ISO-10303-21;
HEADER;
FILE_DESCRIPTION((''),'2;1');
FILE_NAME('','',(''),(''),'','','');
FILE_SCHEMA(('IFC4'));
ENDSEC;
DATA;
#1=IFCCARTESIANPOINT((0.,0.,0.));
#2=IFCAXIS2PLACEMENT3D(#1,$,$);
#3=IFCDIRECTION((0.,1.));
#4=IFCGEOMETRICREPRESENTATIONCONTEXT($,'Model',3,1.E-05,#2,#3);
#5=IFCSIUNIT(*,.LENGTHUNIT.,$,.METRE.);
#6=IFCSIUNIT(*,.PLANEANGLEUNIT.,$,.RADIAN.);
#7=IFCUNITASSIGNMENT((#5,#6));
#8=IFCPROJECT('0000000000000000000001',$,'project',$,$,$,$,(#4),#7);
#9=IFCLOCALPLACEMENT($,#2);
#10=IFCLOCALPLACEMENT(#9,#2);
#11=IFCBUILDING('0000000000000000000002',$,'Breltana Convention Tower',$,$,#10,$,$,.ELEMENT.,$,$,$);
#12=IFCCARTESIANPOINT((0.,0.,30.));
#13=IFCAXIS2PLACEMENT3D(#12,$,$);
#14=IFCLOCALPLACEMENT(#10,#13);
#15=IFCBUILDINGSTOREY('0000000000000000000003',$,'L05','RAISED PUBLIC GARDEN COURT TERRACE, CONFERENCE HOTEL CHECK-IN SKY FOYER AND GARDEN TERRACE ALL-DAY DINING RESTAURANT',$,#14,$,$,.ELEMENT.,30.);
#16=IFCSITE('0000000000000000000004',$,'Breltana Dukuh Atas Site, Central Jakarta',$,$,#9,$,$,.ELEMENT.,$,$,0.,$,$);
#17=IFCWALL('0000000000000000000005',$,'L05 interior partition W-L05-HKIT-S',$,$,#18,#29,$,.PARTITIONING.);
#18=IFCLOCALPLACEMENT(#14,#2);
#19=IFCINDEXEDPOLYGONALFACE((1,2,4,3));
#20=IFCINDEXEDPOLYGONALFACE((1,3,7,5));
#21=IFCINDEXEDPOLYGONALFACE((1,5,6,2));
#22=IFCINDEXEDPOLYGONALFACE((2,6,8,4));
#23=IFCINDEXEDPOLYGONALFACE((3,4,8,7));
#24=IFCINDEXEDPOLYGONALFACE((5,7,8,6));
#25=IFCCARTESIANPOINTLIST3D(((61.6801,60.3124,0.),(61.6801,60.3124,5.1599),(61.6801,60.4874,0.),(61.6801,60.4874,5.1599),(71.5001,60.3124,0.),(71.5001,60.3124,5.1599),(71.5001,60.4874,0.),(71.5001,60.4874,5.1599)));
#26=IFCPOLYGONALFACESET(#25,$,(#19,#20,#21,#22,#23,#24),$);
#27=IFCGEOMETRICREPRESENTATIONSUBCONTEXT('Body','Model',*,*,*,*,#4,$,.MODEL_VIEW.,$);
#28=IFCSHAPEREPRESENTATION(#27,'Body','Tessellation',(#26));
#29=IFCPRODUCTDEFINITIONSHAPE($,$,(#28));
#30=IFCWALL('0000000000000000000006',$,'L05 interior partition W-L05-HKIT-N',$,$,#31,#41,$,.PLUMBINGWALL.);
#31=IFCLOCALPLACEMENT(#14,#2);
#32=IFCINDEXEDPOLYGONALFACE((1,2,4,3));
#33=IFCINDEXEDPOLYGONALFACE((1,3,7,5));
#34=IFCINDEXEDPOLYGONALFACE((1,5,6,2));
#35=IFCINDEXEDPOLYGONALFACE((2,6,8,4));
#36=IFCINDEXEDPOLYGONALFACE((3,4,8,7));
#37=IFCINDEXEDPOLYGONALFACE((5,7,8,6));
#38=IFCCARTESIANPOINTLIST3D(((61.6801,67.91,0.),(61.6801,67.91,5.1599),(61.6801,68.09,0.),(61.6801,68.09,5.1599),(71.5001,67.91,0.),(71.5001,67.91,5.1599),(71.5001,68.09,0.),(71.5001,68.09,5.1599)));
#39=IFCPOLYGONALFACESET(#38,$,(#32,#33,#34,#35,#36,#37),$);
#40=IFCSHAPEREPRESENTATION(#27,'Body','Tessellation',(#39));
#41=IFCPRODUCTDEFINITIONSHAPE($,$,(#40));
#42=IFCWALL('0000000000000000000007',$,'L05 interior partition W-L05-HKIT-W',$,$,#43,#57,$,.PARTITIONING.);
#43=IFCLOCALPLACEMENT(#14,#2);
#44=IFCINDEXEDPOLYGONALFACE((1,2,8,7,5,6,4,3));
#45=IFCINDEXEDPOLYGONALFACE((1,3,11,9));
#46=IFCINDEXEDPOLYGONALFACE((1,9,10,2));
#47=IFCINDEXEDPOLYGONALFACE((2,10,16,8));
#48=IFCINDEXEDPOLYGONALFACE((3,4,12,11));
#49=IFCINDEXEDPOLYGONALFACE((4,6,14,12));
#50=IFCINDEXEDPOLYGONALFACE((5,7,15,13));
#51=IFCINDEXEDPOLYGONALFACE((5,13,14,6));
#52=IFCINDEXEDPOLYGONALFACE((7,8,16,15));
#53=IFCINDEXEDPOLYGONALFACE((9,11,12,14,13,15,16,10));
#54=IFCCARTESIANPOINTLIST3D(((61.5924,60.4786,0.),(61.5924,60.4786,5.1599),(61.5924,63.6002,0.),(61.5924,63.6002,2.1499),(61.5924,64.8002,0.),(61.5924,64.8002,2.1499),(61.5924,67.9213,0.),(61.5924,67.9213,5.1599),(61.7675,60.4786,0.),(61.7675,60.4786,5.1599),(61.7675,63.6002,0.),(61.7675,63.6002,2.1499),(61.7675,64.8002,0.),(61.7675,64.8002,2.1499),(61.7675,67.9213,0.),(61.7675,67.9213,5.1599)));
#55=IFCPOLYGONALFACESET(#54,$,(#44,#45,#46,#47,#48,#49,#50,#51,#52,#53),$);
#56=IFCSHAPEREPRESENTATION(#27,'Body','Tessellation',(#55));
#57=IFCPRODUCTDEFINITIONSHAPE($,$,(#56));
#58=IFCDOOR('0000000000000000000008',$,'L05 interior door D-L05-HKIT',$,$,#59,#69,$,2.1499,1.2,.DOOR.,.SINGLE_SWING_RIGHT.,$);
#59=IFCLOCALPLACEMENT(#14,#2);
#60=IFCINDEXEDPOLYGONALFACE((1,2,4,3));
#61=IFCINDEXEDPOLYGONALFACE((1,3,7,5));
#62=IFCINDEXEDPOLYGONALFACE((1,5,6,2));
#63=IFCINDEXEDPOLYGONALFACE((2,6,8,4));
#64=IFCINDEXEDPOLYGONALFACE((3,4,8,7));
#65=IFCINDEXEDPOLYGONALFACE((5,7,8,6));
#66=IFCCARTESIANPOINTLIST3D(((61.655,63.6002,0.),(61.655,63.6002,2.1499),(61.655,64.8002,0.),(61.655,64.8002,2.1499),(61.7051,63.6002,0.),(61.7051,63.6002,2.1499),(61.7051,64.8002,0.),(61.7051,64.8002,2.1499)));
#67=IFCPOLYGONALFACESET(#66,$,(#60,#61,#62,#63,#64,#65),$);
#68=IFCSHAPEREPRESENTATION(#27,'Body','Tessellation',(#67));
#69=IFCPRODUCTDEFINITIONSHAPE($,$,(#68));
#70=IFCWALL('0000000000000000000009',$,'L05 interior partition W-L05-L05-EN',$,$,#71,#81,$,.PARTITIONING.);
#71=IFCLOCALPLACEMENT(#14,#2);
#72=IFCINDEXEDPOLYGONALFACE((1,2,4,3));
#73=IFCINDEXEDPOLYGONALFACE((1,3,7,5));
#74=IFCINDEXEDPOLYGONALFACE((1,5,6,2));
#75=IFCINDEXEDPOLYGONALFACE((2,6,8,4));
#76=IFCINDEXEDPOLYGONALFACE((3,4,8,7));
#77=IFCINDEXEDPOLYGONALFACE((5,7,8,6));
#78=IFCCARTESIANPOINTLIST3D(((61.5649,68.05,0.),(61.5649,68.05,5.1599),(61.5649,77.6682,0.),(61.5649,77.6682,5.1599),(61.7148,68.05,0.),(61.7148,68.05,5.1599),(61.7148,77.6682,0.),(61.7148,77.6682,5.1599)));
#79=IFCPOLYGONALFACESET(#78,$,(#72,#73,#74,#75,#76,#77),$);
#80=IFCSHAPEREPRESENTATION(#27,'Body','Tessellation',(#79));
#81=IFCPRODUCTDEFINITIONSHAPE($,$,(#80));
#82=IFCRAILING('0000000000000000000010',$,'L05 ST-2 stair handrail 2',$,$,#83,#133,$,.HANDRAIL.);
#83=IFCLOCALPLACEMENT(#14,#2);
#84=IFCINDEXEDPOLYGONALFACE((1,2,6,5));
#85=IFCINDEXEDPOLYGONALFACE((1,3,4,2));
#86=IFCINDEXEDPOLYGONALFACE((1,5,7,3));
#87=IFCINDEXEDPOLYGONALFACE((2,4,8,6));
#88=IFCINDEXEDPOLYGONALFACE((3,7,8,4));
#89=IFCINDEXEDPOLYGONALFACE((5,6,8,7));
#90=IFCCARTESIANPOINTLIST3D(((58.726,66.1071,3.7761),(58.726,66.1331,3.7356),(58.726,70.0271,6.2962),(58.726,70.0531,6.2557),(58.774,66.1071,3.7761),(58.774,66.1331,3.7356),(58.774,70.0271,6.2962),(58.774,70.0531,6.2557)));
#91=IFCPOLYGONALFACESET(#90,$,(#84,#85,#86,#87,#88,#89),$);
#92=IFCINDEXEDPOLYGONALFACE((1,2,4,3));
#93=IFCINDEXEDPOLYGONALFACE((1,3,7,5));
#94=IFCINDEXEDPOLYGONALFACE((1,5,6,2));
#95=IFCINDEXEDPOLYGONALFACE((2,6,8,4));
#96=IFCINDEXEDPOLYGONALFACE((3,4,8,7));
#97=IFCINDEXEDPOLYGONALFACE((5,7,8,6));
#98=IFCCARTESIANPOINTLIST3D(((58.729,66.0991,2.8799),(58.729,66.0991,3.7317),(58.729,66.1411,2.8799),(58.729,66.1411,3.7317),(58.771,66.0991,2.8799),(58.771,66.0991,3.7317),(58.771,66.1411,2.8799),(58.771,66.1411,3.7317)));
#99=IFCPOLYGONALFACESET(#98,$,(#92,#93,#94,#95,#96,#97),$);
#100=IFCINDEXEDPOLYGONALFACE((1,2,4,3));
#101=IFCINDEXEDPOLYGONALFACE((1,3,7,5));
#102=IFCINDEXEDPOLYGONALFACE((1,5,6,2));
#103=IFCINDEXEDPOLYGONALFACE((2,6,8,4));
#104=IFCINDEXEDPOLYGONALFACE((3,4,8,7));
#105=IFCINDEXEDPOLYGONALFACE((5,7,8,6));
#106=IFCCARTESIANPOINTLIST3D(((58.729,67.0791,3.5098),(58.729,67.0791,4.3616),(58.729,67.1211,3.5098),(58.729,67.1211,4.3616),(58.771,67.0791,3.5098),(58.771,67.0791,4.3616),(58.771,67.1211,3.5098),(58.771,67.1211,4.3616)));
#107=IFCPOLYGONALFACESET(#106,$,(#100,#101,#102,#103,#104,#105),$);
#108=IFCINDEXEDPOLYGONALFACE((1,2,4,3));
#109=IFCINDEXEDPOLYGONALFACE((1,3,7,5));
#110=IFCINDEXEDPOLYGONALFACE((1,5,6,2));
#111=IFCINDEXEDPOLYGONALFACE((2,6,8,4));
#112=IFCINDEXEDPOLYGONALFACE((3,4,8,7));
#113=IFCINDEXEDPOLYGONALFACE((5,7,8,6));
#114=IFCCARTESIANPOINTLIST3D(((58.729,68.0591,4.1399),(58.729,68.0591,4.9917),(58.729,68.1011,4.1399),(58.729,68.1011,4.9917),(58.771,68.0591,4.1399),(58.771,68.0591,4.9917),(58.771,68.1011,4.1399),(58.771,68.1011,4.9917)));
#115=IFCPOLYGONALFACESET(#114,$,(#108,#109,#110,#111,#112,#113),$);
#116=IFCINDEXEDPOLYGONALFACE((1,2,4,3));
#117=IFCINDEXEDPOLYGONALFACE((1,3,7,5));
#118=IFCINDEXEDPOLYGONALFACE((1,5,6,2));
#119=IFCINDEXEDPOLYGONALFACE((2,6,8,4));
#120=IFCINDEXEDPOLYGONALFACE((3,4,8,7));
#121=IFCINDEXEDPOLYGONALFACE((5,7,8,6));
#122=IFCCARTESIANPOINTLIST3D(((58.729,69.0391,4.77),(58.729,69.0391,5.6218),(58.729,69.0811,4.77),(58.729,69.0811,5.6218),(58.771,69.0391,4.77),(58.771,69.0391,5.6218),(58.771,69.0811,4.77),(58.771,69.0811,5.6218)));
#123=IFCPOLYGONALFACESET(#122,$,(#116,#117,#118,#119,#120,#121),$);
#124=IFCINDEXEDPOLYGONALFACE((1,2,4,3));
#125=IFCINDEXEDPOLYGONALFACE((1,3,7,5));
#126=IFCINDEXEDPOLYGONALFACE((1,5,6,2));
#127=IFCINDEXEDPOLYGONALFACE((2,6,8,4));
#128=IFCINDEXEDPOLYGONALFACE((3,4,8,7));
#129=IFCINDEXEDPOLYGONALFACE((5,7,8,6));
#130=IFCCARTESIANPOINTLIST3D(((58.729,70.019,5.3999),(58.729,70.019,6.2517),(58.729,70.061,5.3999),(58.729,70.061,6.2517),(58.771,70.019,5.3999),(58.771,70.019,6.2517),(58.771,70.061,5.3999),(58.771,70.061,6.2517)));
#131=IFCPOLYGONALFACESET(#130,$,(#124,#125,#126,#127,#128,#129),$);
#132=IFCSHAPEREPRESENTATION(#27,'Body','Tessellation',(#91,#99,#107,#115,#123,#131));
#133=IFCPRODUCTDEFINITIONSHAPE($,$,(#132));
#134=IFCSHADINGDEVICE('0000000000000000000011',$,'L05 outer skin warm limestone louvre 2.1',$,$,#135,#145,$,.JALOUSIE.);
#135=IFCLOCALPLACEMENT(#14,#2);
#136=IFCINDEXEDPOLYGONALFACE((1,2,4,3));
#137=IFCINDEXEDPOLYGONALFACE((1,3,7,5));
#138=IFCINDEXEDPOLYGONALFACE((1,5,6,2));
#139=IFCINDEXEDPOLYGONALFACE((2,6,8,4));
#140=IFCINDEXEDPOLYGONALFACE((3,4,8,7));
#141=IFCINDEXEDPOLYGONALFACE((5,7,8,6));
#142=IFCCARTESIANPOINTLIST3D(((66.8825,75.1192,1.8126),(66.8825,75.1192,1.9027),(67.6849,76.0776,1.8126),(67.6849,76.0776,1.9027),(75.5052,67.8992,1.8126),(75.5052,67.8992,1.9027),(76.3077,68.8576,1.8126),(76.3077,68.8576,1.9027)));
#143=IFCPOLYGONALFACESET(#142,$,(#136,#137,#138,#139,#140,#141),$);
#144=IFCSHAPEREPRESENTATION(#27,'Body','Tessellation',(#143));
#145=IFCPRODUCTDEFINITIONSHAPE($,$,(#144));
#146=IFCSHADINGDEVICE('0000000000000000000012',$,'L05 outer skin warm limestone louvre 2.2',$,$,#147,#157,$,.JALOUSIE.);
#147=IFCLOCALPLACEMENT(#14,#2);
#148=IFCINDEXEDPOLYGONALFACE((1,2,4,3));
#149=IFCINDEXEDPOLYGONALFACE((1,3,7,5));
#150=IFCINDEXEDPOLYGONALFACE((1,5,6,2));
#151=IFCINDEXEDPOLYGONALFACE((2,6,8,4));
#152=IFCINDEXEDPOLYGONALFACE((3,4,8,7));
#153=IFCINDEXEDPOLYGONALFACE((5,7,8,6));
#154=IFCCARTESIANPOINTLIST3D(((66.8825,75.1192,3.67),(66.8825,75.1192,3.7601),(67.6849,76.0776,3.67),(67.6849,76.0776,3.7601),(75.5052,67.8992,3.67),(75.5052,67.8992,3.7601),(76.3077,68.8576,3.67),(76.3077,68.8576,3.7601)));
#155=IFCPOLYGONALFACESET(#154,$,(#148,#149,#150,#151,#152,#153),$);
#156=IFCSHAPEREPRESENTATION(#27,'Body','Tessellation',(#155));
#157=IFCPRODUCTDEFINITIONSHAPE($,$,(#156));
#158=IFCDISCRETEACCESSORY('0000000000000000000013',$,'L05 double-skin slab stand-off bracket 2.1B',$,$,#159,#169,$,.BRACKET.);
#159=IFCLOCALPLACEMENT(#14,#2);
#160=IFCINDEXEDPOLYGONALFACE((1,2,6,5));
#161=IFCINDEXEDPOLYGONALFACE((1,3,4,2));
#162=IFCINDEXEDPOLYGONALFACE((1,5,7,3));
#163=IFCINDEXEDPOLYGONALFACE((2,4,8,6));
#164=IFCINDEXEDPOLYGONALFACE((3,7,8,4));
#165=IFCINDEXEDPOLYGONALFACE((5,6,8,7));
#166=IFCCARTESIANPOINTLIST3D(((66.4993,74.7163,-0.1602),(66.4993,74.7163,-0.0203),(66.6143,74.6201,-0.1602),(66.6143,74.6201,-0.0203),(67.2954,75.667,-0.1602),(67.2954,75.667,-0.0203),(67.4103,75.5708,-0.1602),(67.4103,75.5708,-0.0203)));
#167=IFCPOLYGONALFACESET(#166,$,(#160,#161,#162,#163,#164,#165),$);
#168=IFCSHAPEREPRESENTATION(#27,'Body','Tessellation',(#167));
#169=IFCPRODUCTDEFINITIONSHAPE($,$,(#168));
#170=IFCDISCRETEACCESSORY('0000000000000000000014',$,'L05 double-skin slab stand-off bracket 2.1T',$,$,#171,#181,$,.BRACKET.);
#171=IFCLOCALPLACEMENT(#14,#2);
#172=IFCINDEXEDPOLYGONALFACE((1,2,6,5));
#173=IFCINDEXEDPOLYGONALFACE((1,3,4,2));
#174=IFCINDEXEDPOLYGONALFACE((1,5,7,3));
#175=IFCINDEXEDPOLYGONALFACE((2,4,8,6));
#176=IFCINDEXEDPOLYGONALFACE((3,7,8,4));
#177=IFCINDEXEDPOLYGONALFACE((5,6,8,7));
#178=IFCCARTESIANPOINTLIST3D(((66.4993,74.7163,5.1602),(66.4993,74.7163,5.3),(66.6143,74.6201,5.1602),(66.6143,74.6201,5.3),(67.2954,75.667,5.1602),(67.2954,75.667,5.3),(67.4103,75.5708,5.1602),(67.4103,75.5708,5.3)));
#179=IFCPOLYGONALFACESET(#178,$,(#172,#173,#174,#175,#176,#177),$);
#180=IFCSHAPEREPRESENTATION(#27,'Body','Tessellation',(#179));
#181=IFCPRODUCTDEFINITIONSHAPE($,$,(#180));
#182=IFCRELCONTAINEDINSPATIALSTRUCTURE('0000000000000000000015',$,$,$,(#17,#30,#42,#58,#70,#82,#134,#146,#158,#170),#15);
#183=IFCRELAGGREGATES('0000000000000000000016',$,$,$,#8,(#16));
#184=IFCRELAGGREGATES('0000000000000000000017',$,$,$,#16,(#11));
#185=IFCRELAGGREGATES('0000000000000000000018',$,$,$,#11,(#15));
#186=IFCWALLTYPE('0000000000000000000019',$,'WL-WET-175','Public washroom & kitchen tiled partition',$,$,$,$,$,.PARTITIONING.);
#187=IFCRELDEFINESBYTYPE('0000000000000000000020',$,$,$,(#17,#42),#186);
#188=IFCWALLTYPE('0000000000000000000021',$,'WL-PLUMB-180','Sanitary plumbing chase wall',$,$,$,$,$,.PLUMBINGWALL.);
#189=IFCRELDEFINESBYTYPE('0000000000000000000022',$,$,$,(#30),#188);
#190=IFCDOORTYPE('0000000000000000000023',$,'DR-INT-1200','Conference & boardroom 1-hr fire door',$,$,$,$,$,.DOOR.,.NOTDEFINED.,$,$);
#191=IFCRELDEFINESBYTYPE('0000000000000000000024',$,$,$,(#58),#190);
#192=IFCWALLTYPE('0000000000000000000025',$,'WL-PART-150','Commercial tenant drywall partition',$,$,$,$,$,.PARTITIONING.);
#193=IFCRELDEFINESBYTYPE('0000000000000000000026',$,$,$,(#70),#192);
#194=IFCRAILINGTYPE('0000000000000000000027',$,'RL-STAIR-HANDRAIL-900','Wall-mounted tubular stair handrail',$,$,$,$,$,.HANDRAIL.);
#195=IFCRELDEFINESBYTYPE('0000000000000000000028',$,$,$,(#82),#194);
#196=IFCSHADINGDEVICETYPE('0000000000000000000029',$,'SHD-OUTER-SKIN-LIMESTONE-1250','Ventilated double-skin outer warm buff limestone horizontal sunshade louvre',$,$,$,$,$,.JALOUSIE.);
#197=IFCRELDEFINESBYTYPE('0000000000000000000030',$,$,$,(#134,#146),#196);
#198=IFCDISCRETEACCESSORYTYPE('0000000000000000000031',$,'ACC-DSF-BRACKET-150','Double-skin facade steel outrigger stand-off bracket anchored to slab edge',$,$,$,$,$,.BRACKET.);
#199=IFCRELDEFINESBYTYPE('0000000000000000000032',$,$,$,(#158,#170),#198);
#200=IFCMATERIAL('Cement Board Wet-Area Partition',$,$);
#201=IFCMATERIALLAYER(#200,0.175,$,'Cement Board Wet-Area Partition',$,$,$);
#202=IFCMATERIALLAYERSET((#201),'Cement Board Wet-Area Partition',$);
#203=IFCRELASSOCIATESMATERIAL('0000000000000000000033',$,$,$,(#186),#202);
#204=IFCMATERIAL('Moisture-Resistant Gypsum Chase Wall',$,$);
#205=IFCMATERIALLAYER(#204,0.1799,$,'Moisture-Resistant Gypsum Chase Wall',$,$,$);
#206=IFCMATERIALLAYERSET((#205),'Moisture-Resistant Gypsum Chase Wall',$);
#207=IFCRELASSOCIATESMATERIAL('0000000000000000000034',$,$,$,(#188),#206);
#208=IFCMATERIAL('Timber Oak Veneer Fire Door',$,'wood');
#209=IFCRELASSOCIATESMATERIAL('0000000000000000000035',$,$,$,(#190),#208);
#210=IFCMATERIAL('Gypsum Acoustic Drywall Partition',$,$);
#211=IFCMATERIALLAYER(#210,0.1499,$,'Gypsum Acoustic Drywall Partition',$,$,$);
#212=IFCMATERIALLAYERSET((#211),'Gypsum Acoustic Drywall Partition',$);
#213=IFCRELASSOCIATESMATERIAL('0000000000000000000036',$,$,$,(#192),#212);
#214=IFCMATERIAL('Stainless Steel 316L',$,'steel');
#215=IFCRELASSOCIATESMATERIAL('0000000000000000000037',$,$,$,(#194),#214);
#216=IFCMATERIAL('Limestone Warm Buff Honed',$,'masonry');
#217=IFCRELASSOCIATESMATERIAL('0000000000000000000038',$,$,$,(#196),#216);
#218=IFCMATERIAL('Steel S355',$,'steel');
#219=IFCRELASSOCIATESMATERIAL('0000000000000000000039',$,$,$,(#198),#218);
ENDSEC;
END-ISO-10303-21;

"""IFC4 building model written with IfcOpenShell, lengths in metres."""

from ifc_helpers import new_model, si_unit, direction, frame, frame_2d, origin, origin_2d, place, context, subcontext, project, spatial, rectangle, extrude, source, transform, mapped, material, layer, layer_set, material_profile, profile_set, type_object, type_shapes, element, fill, save


model = new_model("IFC4")

# Units and contexts
model_context = context("Model", 3, precision=1e-05, world=origin(), true_north=direction((0.0, 1.0)))
body_context = subcontext(model_context, "Body", "Model", "MODEL_VIEW")
ifc_project = project(units=[si_unit("LENGTHUNIT", "METRE"), si_unit("PLANEANGLEUNIT", "RADIAN")], contexts=[model_context])

# Site, building, storey
site_placement = place(None, origin())
site = spatial("IfcSite", under=ifc_project, at=site_placement, Name="Breltana Dukuh Atas Site, Central Jakarta", CompositionType="ELEMENT", RefElevation=0.0)
building_placement = place(site_placement, origin())
building = spatial("IfcBuilding", under=site, at=building_placement, Name="Breltana Convention Tower", CompositionType="ELEMENT")
storey_placement = place(building_placement, frame((0.0, 0.0, 30.0)))
storey = spatial("IfcBuildingStorey", under=building, at=storey_placement, Name="L05", Description="RAISED PUBLIC GARDEN COURT TERRACE, CONFERENCE HOTEL CHECK-IN SKY FOYER AND GARDEN TERRACE ALL-DAY DINING RESTAURANT", CompositionType="ELEMENT", Elevation=30.0)

# Walls
ifc_material_1 = material(Name="Cement Board Wet-Area Partition")
ifc_layer_1 = layer(ifc_material_1, 0.175, Name="Cement Board Wet-Area Partition")
ifc_layer_set_1 = layer_set([ifc_layer_1], Name="Cement Board Wet-Area Partition")
wall_type_1 = type_object("IfcWallType", Name="WL-WET-175", Description="Public washroom & kitchen tiled partition", PredefinedType="PARTITIONING", material=ifc_layer_set_1)
shared_shape_1 = source(origin(), body_context, "Body", "SweptSolid", [
    extrude(rectangle(XDim=9.8201, YDim=0.175, at=frame_2d((4.9102, 0.0))), origin(), (0.0, 0.0, 1.0), 5.1599),
])
wall_1_placement = place(storey_placement, frame((61.6799, 60.3999, 0.0), z_axis=(0.0, 0.0, 1.0), x_axis=(1.0, 0.0, 0.0)))
element("IfcWall", 1, at=wall_1_placement, inside=storey, type_object=wall_type_1, Name="L05 interior partition W-L05-HKIT-S", PredefinedType="PARTITIONING", context=body_context, shape_type="MappedRepresentation", body=[
    mapped(shared_shape_1, transform((0.0, 0.0, 0.0), scale=1.0)),
])
ifc_material_2 = material(Name="Moisture-Resistant Gypsum Chase Wall")
ifc_layer_2 = layer(ifc_material_2, 0.1799, Name="Moisture-Resistant Gypsum Chase Wall")
ifc_layer_set_2 = layer_set([ifc_layer_2], Name="Moisture-Resistant Gypsum Chase Wall")
wall_type_2 = type_object("IfcWallType", Name="WL-PLUMB-180", Description="Sanitary plumbing chase wall", PredefinedType="PLUMBINGWALL", material=ifc_layer_set_2)
shared_shape_2 = source(origin(), body_context, "Body", "SweptSolid", [
    extrude(rectangle(XDim=9.8201, YDim=0.1799, at=frame_2d((4.9102, 0.0))), origin(), (0.0, 0.0, 1.0), 5.1599),
])
wall_2_placement = place(storey_placement, frame((61.6799, 68.0, 0.0), z_axis=(0.0, 0.0, 1.0), x_axis=(1.0, 0.0, 0.0)))
element("IfcWall", 2, at=wall_2_placement, inside=storey, type_object=wall_type_2, Name="L05 interior partition W-L05-HKIT-N", PredefinedType="PLUMBINGWALL", context=body_context, shape_type="MappedRepresentation", body=[
    mapped(shared_shape_2, transform((0.0, 0.0, 0.0), scale=1.0)),
])

# Wall, opening, door
shared_shape_3 = source(origin(), body_context, "Body", "SweptSolid", [
    extrude(rectangle(XDim=7.4426, YDim=0.175, at=frame_2d((3.7212, 0.0))), origin(), (0.0, 0.0, 1.0), 5.1599),
])
wall_3_placement = place(storey_placement, frame((61.6799, 60.4788, 0.0), z_axis=(0.0, 0.0, 1.0), x_axis=(0.0, 1.0, 0.0)))
wall_3 = element("IfcWall", 3, at=wall_3_placement, inside=storey, type_object=wall_type_1, Name="L05 interior partition W-L05-HKIT-W", PredefinedType="PARTITIONING", context=body_context, shape_type="MappedRepresentation", body=[
    mapped(shared_shape_3, transform((0.0, 0.0, 0.0), scale=1.0)),
])
opening_placement = place(wall_3_placement, frame((3.1213, 0.0, 0.0)))
opening = element("IfcOpeningElement", 4, at=opening_placement, cuts=wall_3, PredefinedType="OPENING", context=body_context, shape_type="SweptSolid", body=[
    extrude(rectangle(XDim=1.2, YDim=2.1499, at=frame_2d((0.6001, 1.075))), frame((0.0, 0.0977, 0.0), z_axis=(0.0, -1.0, 0.0), x_axis=(1.0, 0.0, 0.0)), (0.0, 0.0, 1.0), 0.1951),
])
ifc_material_3 = material(Name="Timber Oak Veneer Fire Door", Category="wood")
door_type = type_object("IfcDoorType", Name="DR-INT-1200", Description="Conference & boardroom 1-hr fire door", OperationType="NOTDEFINED", PredefinedType="DOOR", material=ifc_material_3)
shared_shape_4 = source(origin(), body_context, "Body", "SweptSolid", [
    extrude(rectangle(XDim=1.2, YDim=2.1499, at=frame_2d((0.6001, 1.075))), frame((0.0, 0.0249, 0.0), z_axis=(0.0, -1.0, 0.0), x_axis=(1.0, 0.0, 0.0)), (0.0, 0.0, 1.0), 0.05),
])
type_shapes(door_type, [shared_shape_4])
door_placement = place(opening_placement, origin())
door = element("IfcDoor", 5, at=door_placement, inside=storey, type_object=door_type, Name="L05 interior door D-L05-HKIT", OperationType="SINGLE_SWING_RIGHT", OverallHeight=2.1499, OverallWidth=1.2, PredefinedType="DOOR", context=body_context, shape_type="MappedRepresentation", body=[
    mapped(shared_shape_4, transform((0.0, 0.0, 0.0), scale=1.0)),
])
fill(opening, door)

# Wall
ifc_material_4 = material(Name="Gypsum Acoustic Drywall Partition")
ifc_layer_3 = layer(ifc_material_4, 0.1499, Name="Gypsum Acoustic Drywall Partition")
ifc_layer_set_3 = layer_set([ifc_layer_3], Name="Gypsum Acoustic Drywall Partition")
wall_type_3 = type_object("IfcWallType", Name="WL-PART-150", Description="Commercial tenant drywall partition", PredefinedType="PARTITIONING", material=ifc_layer_set_3)
shared_shape_5 = source(origin(), body_context, "Body", "SweptSolid", [
    extrude(rectangle(XDim=9.6182, YDim=0.1499, at=frame_2d((4.8091, 0.0))), origin(), (0.0, 0.0, 1.0), 5.1599),
])
wall_4_placement = place(storey_placement, frame((61.6399, 68.05, 0.0), z_axis=(0.0, 0.0, 1.0), x_axis=(0.0, 1.0, 0.0)))
element("IfcWall", 6, at=wall_4_placement, inside=storey, type_object=wall_type_3, Name="L05 interior partition W-L05-L05-EN", PredefinedType="PARTITIONING", context=body_context, shape_type="MappedRepresentation", body=[
    mapped(shared_shape_5, transform((0.0, 0.0, 0.0), scale=1.0)),
])

# Railing
ifc_material_5 = material(Name="Stainless Steel 316L", Category="steel")
railing_type_1 = type_object("IfcRailingType", Name="RL-STAIR-HANDRAIL-900", Description="Wall-mounted tubular stair handrail", PredefinedType="HANDRAIL", material=ifc_material_5)
railing_1_placement = place(storey_placement, frame((58.75, 66.1201, 2.8799)))
element("IfcRailing", 7, at=railing_1_placement, inside=storey, type_object=railing_type_1, Name="L05 ST-2 stair handrail 2", PredefinedType="HANDRAIL", context=body_context, shape_type="SweptSolid", body=[
    extrude(rectangle(XDim=0.0481, YDim=0.0481, at=origin_2d()), frame((0.0, 0.0, 0.876), z_axis=(0.0, 0.841172, 0.540768), x_axis=(-1.0, 0.0, 0.0)), (0.0, 0.0, 1.0), 4.6602),
    extrude(rectangle(XDim=0.042, YDim=0.042, at=origin_2d()), origin(), (0.0, 0.0, 1.0), 0.8518),
    extrude(rectangle(XDim=0.042, YDim=0.042, at=origin_2d()), frame((0.0, 0.98, 0.6299)), (0.0, 0.0, 1.0), 0.8518),
    extrude(rectangle(XDim=0.042, YDim=0.042, at=origin_2d()), frame((0.0, 1.96, 1.26)), (0.0, 0.0, 1.0), 0.8518),
    extrude(rectangle(XDim=0.042, YDim=0.042, at=origin_2d()), frame((0.0, 2.9399, 1.8901)), (0.0, 0.0, 1.0), 0.8518),
    extrude(rectangle(XDim=0.042, YDim=0.042, at=origin_2d()), frame((0.0, 3.9199, 2.52)), (0.0, 0.0, 1.0), 0.8518),
])

# Shading devices
ifc_material_6 = material(Name="Limestone Warm Buff Honed", Category="masonry")
ifc_material_profile_1 = material_profile(ifc_material_6, rectangle(XDim=1.25, YDim=0.0901, at=origin_2d()), Name="STN-LVR-1250X90")
ifc_profile_set_1 = profile_set([ifc_material_profile_1], Name="Limestone Warm Buff Honed")
shading_device_type = type_object("IfcShadingDeviceType", Name="SHD-OUTER-SKIN-LIMESTONE-1250", Description="Ventilated double-skin outer warm buff limestone horizontal sunshade louvre", PredefinedType="JALOUSIE", material=ifc_profile_set_1)
shared_shape_6 = source(origin(), body_context, "Body", "SweptSolid", [
    extrude(rectangle(XDim=1.25, YDim=0.0901, at=origin_2d()), origin(), (0.0, 0.0, 1.0), 11.2463),
])
for number, where, z_axis, x_axis, name in (
    (8, (67.2837, 75.5984, 1.8577), (0.766719, -0.641983, 0.0), (0.641983, 0.766719, 0.0), "L05 outer skin warm limestone louvre 2.1"),
    (9, (67.2837, 75.5984, 3.7151), (0.766719, -0.641983, 0.0), (0.641983, 0.766719, 0.0), "L05 outer skin warm limestone louvre 2.2"),
):
    element("IfcShadingDevice", number, at=place(storey_placement, frame(where, z_axis=z_axis, x_axis=x_axis)), inside=storey, type_object=shading_device_type, Name=name, PredefinedType="JALOUSIE", context=body_context, shape_type="MappedRepresentation", body=[
        mapped(shared_shape_6, transform((0.0, 0.0, 0.0), scale=1.0)),
    ])

# Discrete accessories
ifc_material_7 = material(Name="Steel S355", Category="steel")
discrete_accessory_type_1 = type_object("IfcDiscreteAccessoryType", Name="ACC-DSF-BRACKET-150", Description="Double-skin facade steel outrigger stand-off bracket anchored to slab edge", PredefinedType="BRACKET", material=ifc_material_7)
shared_shape_7 = source(origin(), body_context, "Body", "SweptSolid", [
    extrude(rectangle(XDim=1.24, YDim=0.1499, at=origin_2d()), origin(), (0.0, 0.0, 1.0), 0.1399),
])
type_shapes(discrete_accessory_type_1, [shared_shape_7])
for number, where, z_axis, x_axis, name in (
    (10, (66.9548, 75.1436, -0.1602), (0.0, 0.0, 1.0), (0.64199, 0.766713, 0.0), "L05 double-skin slab stand-off bracket 2.1B"),
    (11, (66.9548, 75.1436, 5.1602), (0.0, 0.0, 1.0), (0.64199, 0.766713, 0.0), "L05 double-skin slab stand-off bracket 2.1T"),
):
    element("IfcDiscreteAccessory", number, at=place(storey_placement, frame(where, z_axis=z_axis, x_axis=x_axis)), inside=storey, type_object=discrete_accessory_type_1, Name=name, PredefinedType="BRACKET", context=body_context, shape_type="MappedRepresentation", body=[
        mapped(shared_shape_7, transform((0.0, 0.0, 0.0), scale=1.0)),
    ])

save(model, "model.ifc")
